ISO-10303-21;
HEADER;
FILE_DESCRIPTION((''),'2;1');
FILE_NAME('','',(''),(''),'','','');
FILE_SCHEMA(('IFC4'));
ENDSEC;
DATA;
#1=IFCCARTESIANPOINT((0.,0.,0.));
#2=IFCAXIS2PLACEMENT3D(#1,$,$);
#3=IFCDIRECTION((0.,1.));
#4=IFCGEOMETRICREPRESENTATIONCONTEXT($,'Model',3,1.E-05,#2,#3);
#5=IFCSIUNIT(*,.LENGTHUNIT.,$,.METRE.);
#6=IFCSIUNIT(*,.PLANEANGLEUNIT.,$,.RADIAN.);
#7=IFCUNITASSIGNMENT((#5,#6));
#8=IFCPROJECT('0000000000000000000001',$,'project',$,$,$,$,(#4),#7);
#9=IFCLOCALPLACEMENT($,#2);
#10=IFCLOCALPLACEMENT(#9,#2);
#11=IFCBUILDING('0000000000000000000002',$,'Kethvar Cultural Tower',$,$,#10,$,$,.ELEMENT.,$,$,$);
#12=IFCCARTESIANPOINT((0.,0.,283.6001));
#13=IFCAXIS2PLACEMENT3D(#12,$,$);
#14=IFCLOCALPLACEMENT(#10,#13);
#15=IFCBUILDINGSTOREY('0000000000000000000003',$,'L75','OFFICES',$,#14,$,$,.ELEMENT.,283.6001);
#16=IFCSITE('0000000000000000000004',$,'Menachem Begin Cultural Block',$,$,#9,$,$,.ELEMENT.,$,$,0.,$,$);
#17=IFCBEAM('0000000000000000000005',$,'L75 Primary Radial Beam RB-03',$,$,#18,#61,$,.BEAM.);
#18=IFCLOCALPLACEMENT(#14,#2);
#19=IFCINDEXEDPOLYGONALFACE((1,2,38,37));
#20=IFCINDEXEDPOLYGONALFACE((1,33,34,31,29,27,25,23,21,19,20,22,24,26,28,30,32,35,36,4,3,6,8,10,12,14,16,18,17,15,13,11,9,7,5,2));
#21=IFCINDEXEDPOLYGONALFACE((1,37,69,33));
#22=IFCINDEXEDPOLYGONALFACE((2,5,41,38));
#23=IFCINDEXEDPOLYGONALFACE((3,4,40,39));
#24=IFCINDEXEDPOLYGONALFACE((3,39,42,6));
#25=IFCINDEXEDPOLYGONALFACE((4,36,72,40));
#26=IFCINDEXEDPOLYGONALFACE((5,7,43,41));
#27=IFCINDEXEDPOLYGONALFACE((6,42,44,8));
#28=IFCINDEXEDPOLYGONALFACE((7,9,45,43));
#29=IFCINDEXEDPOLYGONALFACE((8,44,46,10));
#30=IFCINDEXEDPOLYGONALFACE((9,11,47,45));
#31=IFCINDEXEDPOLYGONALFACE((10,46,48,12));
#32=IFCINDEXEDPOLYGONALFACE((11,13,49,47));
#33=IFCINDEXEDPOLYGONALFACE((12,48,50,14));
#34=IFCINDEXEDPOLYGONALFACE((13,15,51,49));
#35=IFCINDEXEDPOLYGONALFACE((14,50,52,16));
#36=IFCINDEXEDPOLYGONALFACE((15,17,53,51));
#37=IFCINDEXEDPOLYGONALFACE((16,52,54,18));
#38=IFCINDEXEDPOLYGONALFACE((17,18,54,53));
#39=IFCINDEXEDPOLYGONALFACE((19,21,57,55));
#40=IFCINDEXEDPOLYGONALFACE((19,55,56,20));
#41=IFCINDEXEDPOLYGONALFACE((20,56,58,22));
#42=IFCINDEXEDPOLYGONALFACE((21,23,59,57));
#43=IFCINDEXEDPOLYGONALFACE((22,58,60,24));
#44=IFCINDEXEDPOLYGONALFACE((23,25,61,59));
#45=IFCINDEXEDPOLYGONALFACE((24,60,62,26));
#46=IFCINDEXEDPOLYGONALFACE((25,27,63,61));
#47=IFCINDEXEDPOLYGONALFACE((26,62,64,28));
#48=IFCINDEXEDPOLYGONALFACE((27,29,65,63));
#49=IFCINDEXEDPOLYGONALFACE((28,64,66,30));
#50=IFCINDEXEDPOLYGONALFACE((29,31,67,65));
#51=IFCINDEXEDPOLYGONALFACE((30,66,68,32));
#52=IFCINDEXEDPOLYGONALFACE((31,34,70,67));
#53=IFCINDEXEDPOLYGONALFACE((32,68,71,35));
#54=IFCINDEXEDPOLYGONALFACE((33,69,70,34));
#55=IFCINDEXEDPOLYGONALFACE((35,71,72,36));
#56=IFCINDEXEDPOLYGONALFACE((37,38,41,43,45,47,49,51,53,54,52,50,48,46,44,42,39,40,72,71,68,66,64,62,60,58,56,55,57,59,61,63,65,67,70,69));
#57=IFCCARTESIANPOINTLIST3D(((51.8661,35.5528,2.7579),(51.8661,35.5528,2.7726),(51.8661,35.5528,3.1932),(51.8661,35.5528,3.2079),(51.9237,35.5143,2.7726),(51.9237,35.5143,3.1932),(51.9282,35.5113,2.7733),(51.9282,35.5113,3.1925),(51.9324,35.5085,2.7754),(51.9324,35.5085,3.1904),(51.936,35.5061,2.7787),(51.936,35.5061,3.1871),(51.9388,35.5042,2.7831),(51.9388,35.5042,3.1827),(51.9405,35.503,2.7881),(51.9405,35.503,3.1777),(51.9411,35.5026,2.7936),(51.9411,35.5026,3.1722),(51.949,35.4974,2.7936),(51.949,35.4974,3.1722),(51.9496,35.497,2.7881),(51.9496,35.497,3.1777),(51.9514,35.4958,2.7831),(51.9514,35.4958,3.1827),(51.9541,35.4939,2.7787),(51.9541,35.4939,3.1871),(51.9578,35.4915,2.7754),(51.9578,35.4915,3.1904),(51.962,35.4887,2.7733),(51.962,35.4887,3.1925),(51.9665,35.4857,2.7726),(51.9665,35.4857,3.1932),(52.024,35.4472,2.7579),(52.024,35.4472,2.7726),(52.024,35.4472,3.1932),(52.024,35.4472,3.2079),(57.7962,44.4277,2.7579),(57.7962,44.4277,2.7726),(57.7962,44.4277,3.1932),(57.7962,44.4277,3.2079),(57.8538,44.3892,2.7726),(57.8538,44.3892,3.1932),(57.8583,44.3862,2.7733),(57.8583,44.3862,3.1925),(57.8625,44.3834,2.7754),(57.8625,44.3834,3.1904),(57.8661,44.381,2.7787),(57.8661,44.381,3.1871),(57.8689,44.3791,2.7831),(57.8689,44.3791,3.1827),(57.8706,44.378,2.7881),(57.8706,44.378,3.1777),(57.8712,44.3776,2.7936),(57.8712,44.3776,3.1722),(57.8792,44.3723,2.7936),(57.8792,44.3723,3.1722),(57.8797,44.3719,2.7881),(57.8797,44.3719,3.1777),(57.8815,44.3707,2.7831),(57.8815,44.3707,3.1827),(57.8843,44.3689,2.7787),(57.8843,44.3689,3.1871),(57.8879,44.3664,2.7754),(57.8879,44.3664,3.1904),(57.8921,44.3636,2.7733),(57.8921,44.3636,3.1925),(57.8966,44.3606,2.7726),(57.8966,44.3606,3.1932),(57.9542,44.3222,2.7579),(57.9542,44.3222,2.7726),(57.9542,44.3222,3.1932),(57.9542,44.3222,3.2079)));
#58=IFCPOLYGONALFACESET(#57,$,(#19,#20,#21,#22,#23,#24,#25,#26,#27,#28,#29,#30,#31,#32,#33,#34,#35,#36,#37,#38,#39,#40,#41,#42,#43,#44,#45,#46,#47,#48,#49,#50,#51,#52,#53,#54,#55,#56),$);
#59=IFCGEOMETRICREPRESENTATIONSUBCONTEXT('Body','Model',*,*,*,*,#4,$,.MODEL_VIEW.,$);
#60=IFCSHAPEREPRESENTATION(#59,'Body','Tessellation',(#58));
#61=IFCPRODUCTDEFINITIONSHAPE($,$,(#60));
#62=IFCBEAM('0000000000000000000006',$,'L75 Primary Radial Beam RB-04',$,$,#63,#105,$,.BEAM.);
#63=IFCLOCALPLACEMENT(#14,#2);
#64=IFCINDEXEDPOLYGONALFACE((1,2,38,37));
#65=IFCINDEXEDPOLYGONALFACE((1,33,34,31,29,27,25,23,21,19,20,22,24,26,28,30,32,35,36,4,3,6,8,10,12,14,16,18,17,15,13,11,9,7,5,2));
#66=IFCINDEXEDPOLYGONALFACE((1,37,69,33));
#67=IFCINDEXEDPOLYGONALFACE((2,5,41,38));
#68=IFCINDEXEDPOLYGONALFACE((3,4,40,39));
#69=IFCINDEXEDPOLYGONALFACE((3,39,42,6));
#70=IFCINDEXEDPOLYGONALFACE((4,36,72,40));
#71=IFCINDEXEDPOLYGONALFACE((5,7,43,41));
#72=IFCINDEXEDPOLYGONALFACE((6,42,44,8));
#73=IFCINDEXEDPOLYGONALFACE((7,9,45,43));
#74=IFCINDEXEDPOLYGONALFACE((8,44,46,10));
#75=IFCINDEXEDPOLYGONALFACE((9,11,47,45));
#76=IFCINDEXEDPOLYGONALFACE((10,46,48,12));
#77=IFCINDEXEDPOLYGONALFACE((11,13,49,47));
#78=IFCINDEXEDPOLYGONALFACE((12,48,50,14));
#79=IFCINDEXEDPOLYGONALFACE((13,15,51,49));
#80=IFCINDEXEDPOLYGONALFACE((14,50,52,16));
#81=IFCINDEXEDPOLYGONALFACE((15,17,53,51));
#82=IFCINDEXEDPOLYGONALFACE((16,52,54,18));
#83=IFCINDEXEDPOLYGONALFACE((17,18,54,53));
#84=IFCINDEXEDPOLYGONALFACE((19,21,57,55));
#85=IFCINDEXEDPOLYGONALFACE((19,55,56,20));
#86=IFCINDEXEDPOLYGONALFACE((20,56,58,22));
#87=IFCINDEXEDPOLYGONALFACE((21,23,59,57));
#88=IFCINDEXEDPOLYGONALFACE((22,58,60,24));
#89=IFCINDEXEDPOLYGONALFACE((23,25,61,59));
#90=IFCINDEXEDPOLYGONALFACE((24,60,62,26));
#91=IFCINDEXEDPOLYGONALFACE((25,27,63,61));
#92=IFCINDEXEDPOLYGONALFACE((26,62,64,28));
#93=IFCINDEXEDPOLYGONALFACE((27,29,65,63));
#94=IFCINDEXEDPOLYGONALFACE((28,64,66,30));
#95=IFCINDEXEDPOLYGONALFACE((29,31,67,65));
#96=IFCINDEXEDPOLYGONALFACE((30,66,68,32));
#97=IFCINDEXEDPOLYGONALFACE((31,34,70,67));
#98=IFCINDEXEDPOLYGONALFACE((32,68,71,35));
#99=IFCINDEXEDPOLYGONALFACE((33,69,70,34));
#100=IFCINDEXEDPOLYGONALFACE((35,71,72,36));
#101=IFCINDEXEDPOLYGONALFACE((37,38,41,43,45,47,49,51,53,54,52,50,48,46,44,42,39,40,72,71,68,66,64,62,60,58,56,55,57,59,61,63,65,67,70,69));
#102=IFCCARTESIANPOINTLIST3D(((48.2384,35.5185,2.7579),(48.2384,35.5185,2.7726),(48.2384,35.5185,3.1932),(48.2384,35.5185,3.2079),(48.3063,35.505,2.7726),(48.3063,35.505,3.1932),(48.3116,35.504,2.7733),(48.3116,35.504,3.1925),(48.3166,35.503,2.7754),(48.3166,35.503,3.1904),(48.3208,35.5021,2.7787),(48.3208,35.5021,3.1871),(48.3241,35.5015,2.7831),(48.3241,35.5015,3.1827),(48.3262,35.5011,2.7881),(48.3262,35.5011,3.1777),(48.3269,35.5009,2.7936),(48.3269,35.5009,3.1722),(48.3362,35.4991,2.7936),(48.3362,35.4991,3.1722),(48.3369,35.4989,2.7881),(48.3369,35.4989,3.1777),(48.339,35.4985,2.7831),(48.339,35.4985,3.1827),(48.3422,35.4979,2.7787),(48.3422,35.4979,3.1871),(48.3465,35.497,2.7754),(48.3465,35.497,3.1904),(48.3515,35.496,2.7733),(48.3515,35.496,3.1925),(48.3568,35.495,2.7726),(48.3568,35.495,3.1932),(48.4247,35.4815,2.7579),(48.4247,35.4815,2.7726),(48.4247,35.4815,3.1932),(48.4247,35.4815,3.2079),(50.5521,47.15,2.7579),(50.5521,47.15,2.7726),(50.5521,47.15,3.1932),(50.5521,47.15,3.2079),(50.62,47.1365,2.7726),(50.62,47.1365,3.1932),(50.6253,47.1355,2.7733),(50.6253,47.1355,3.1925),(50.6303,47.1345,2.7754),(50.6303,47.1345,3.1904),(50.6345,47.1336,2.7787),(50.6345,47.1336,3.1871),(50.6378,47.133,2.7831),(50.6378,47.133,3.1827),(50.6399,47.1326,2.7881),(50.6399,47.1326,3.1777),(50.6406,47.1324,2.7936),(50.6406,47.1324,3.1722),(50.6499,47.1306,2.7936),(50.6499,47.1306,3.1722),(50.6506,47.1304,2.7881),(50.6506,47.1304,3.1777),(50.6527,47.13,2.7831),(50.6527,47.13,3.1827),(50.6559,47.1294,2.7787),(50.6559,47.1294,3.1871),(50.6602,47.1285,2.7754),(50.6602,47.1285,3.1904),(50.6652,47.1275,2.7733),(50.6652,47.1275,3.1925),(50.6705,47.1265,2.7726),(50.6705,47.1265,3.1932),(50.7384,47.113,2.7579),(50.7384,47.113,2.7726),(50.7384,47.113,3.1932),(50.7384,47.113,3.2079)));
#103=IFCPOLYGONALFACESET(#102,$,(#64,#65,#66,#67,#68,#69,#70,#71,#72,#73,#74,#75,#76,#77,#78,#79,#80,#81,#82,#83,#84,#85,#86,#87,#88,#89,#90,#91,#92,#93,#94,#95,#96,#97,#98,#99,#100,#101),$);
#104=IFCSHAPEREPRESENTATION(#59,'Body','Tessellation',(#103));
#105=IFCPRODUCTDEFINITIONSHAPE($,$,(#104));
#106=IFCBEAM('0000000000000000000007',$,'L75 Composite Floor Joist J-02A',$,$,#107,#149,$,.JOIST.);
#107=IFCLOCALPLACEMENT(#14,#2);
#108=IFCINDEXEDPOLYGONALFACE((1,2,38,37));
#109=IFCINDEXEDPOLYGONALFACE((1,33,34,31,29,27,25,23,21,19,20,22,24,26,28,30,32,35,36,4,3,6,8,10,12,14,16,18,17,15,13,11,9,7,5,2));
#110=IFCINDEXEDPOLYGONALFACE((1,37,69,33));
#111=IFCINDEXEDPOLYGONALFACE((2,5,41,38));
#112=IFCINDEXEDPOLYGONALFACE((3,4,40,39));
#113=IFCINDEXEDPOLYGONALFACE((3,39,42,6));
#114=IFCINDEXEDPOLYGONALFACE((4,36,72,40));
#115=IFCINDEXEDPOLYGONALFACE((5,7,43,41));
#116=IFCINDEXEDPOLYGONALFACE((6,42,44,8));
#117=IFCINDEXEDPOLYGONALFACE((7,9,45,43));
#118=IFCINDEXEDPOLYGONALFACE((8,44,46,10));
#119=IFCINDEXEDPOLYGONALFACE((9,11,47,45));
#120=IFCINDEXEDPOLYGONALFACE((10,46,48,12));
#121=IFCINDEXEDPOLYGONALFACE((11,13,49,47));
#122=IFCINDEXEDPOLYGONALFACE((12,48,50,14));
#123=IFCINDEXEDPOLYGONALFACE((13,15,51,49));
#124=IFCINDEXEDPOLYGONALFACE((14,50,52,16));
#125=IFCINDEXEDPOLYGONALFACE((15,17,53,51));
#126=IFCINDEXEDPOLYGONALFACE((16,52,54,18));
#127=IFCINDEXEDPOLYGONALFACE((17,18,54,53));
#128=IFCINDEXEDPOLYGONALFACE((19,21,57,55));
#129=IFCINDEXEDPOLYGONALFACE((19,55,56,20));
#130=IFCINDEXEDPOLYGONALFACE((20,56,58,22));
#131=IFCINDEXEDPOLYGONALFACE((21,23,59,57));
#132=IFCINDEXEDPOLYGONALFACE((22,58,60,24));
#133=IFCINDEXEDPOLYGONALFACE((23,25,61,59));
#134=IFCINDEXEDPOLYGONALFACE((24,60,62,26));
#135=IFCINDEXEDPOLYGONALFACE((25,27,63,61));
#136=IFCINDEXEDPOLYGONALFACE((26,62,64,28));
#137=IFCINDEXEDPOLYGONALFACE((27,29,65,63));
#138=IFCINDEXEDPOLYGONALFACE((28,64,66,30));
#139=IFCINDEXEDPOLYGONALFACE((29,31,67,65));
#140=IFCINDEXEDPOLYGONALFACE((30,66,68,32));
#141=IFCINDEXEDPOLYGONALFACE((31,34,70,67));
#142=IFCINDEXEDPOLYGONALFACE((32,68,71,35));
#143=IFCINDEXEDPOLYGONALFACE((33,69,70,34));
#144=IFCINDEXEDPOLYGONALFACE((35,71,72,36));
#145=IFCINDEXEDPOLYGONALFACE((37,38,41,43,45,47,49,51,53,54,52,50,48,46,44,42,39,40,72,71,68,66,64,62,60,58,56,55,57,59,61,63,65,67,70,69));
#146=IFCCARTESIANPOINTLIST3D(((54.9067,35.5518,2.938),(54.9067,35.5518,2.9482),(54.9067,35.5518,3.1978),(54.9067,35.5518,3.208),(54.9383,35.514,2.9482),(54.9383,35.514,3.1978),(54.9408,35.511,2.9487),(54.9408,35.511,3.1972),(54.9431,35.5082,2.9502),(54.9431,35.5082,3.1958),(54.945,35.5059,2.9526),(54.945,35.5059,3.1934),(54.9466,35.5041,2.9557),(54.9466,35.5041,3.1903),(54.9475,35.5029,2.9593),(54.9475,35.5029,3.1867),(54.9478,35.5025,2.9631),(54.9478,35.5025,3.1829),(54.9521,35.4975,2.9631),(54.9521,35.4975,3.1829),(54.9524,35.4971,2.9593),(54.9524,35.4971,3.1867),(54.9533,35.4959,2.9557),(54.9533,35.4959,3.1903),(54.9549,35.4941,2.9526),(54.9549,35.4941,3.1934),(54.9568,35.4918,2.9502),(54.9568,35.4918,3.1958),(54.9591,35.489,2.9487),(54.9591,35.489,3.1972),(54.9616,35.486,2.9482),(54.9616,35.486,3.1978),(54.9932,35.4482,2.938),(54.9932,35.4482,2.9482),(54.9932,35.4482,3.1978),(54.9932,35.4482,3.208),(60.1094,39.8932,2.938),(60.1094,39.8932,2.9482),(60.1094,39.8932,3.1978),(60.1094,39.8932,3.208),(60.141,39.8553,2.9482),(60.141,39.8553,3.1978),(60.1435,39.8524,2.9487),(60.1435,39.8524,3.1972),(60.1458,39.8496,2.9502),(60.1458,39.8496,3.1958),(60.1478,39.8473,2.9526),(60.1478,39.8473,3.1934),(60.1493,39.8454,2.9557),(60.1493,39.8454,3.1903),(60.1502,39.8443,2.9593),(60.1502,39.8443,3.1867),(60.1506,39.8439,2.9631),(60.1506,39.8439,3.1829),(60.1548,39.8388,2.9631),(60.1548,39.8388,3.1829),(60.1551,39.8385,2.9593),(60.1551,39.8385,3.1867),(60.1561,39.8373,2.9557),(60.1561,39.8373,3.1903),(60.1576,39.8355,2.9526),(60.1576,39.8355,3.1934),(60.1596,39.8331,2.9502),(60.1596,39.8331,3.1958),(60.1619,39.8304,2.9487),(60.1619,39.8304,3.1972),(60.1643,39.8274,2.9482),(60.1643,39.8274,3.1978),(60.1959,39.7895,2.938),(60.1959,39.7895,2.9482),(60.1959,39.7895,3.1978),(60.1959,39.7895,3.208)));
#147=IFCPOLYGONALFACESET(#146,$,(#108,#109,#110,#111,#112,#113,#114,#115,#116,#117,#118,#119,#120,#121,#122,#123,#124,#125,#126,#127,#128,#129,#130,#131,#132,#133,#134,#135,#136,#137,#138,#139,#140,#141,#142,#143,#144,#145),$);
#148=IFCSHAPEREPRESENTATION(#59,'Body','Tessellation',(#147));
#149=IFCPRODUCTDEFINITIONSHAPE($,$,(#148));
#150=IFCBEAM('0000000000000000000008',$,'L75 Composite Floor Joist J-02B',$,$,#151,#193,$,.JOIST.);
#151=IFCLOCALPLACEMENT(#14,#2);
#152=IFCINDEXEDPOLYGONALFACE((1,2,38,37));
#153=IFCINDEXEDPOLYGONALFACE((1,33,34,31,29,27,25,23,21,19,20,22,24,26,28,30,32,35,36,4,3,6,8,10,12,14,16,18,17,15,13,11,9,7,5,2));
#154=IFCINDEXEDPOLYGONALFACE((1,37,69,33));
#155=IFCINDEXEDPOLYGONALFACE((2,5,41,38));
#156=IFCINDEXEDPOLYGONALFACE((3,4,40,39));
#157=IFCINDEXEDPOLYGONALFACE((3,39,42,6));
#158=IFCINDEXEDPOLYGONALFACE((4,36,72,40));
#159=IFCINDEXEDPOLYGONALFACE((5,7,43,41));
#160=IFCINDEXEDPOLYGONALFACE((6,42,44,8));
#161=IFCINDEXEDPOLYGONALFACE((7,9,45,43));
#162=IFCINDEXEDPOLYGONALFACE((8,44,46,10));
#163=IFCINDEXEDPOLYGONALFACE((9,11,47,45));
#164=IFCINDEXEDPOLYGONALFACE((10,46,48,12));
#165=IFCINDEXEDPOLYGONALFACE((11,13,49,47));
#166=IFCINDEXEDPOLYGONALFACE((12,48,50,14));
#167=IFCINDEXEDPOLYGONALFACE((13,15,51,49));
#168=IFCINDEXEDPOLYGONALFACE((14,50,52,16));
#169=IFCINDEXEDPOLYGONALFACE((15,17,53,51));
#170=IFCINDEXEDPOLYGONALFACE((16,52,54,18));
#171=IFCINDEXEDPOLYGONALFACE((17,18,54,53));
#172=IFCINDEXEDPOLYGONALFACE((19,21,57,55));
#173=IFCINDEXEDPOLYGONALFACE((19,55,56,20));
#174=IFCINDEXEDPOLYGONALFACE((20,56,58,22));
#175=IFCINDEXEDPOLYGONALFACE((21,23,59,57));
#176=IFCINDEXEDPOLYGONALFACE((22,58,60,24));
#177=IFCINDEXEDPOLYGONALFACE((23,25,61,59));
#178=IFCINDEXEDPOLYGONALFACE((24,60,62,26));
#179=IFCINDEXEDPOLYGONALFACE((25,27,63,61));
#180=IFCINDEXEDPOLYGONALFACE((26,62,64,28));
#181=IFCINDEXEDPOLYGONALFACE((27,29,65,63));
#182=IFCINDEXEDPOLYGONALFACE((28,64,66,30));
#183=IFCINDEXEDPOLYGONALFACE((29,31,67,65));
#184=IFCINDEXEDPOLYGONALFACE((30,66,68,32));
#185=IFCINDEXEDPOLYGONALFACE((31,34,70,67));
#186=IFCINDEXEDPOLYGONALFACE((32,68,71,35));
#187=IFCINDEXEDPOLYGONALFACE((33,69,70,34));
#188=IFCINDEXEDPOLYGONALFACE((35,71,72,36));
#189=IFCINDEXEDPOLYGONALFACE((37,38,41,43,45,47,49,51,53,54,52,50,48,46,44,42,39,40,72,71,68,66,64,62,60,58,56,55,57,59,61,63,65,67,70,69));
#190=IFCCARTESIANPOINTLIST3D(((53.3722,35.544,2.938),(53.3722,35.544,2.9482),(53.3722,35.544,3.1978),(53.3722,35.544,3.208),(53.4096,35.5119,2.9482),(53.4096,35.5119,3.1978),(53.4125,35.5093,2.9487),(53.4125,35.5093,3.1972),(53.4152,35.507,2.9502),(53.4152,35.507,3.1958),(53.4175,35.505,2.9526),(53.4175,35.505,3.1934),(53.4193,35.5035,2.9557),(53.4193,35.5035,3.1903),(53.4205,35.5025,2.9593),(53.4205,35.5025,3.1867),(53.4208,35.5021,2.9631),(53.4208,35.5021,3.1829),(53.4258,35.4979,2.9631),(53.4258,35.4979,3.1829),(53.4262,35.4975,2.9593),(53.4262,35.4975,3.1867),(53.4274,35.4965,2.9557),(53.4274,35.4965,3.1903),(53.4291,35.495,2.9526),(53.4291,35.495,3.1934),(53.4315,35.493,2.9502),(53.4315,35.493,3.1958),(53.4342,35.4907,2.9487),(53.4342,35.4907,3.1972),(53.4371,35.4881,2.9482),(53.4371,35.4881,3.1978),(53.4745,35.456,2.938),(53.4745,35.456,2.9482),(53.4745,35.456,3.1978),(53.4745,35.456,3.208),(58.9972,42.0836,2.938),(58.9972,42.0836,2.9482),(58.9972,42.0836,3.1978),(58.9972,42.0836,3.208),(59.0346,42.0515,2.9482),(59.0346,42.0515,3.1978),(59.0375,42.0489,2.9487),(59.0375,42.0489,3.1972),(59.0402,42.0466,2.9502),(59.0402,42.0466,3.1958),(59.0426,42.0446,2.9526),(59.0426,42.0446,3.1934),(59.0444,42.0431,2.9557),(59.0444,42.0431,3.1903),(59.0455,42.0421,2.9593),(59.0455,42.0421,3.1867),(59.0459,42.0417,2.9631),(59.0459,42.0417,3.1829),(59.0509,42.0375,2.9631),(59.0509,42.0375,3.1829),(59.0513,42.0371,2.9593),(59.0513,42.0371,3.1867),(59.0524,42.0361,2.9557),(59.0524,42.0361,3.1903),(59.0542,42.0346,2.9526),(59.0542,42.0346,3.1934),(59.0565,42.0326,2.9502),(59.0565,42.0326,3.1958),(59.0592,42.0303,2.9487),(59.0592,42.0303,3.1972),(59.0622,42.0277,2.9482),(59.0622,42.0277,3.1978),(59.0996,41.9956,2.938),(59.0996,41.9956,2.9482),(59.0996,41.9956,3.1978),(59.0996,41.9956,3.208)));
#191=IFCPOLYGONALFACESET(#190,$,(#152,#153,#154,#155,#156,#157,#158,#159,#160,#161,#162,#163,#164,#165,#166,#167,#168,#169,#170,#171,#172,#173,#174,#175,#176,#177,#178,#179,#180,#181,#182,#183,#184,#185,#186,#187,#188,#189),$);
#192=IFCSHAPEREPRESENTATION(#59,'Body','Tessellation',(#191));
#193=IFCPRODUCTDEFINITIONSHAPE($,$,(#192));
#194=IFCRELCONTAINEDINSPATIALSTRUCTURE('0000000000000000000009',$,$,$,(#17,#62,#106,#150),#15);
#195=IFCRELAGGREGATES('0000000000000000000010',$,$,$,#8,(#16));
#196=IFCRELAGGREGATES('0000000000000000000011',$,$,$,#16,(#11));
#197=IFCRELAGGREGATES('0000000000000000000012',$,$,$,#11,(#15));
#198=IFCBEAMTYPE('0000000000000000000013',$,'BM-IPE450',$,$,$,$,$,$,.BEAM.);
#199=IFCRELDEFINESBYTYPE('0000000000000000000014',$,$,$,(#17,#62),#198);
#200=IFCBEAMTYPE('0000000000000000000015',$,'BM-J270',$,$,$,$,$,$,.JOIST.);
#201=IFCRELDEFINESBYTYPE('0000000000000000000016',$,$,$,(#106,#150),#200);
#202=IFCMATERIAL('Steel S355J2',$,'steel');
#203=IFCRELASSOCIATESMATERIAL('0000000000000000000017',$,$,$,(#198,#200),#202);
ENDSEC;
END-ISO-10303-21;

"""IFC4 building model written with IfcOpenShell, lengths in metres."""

from ifc_helpers import new_model, si_unit, direction, frame, origin, origin_2d, place, context, subcontext, project, spatial, i_section, extrude, source, transform, mapped, material, material_profile, profile_set, type_object, element, save


model = new_model("IFC4")

# Units and contexts
model_context = context("Model", 3, precision=1e-05, world=origin(), true_north=direction((0.0, 1.0)))
body_context = subcontext(model_context, "Body", "Model", "MODEL_VIEW")
ifc_project = project(units=[si_unit("LENGTHUNIT", "METRE"), si_unit("PLANEANGLEUNIT", "RADIAN")], contexts=[model_context])

# Site, building, storey
site_placement = place(None, origin())
site = spatial("IfcSite", under=ifc_project, at=site_placement, Name="Menachem Begin Cultural Block", CompositionType="ELEMENT", RefElevation=0.0)
building_placement = place(site_placement, origin())
building = spatial("IfcBuilding", under=site, at=building_placement, Name="Kethvar Cultural Tower", CompositionType="ELEMENT")
storey_placement = place(building_placement, frame((0.0, 0.0, 283.6001)))
storey = spatial("IfcBuildingStorey", under=building, at=storey_placement, Name="L75", Description="OFFICES", CompositionType="ELEMENT", Elevation=283.6001)

# Beams
ifc_material_1 = material(Name="Steel S355J2", Category="steel")
ifc_material_profile_1 = material_profile(ifc_material_1, i_section(OverallWidth=0.1899, OverallDepth=0.45, WebThickness=0.0095, FlangeThickness=0.0146, FilletRadius=0.021, at=origin_2d()), Name="Steel S355J2 — IPE450")
ifc_profile_set_1 = profile_set([ifc_material_profile_1], Name="Steel S355J2 — IPE450")
beam_type_1 = type_object("IfcBeamType", Name="BM-IPE450", PredefinedType="BEAM", material=ifc_profile_set_1)
shared_shape_1 = source(origin(), body_context, "Body", "SweptSolid", [
    extrude(i_section(OverallWidth=0.1899, OverallDepth=0.45, WebThickness=0.0095, FlangeThickness=0.0146, FilletRadius=0.021, at=origin_2d()), origin(), (0.0, 0.0, 1.0), 10.6738),
])
beam_1_placement = place(storey_placement, frame((51.9451, 35.5, 2.9829), z_axis=(0.555576, 0.831466, 0.0), x_axis=(-0.831466, 0.555576, 0.0)))
element("IfcBeam", 1, at=beam_1_placement, inside=storey, type_object=beam_type_1, Name="L75 Primary Radial Beam RB-03", PredefinedType="BEAM", context=body_context, shape_type="MappedRepresentation", body=[
    mapped(shared_shape_1, transform((0.0, 0.0, 0.0), scale=1.0)),
])
shared_shape_2 = source(origin(), body_context, "Body", "SweptSolid", [
    extrude(i_section(OverallWidth=0.1899, OverallDepth=0.45, WebThickness=0.0095, FlangeThickness=0.0146, FilletRadius=0.021, at=origin_2d()), origin(), (0.0, 0.0, 1.0), 11.8594),
])
beam_2_placement = place(storey_placement, frame((48.3315, 35.5, 2.9829), z_axis=(0.195095, 0.980784, 0.0), x_axis=(-0.980784, 0.195095, 0.0)))
element("IfcBeam", 2, at=beam_2_placement, inside=storey, type_object=beam_type_1, Name="L75 Primary Radial Beam RB-04", PredefinedType="BEAM", context=body_context, shape_type="MappedRepresentation", body=[
    mapped(shared_shape_2, transform((0.0, 0.0, 0.0), scale=1.0)),
])
ifc_material_profile_2 = material_profile(ifc_material_1, i_section(OverallWidth=0.135, OverallDepth=0.27, WebThickness=0.0066, FlangeThickness=0.0103, FilletRadius=0.0149, at=origin_2d()), Name="Steel S355J2 — IPE270")
ifc_profile_set_2 = profile_set([ifc_material_profile_2], Name="Steel S355J2 — IPE270")
beam_type_2 = type_object("IfcBeamType", Name="BM-J270", PredefinedType="JOIST", material=ifc_profile_set_2)
shared_shape_3 = source(origin(), body_context, "Body", "SweptSolid", [
    extrude(i_section(OverallWidth=0.135, OverallDepth=0.27, WebThickness=0.0066, FlangeThickness=0.0103, FilletRadius=0.0149, at=origin_2d()), origin(), (0.0, 0.0, 1.0), 6.7761),
])
beam_3_placement = place(storey_placement, frame((54.95, 35.5, 3.073), z_axis=(0.767802, 0.640688, 0.0), x_axis=(-0.640688, 0.767802, 0.0)))
element("IfcBeam", 3, at=beam_3_placement, inside=storey, type_object=beam_type_2, Name="L75 Composite Floor Joist J-02A", PredefinedType="JOIST", context=body_context, shape_type="MappedRepresentation", body=[
    mapped(shared_shape_3, transform((0.0, 0.0, 0.0), scale=1.0)),
])
shared_shape_4 = source(origin(), body_context, "Body", "SweptSolid", [
    extrude(i_section(OverallWidth=0.135, OverallDepth=0.27, WebThickness=0.0066, FlangeThickness=0.0103, FilletRadius=0.0149, at=origin_2d()), origin(), (0.0, 0.0, 1.0), 8.626),
])
beam_4_placement = place(storey_placement, frame((53.4233, 35.5, 3.073), z_axis=(0.652105, 0.758129, 0.0), x_axis=(-0.758129, 0.652105, 0.0)))
element("IfcBeam", 4, at=beam_4_placement, inside=storey, type_object=beam_type_2, Name="L75 Composite Floor Joist J-02B", PredefinedType="JOIST", context=body_context, shape_type="MappedRepresentation", body=[
    mapped(shared_shape_4, transform((0.0, 0.0, 0.0), scale=1.0)),
])

save(model, "model.ifc")
